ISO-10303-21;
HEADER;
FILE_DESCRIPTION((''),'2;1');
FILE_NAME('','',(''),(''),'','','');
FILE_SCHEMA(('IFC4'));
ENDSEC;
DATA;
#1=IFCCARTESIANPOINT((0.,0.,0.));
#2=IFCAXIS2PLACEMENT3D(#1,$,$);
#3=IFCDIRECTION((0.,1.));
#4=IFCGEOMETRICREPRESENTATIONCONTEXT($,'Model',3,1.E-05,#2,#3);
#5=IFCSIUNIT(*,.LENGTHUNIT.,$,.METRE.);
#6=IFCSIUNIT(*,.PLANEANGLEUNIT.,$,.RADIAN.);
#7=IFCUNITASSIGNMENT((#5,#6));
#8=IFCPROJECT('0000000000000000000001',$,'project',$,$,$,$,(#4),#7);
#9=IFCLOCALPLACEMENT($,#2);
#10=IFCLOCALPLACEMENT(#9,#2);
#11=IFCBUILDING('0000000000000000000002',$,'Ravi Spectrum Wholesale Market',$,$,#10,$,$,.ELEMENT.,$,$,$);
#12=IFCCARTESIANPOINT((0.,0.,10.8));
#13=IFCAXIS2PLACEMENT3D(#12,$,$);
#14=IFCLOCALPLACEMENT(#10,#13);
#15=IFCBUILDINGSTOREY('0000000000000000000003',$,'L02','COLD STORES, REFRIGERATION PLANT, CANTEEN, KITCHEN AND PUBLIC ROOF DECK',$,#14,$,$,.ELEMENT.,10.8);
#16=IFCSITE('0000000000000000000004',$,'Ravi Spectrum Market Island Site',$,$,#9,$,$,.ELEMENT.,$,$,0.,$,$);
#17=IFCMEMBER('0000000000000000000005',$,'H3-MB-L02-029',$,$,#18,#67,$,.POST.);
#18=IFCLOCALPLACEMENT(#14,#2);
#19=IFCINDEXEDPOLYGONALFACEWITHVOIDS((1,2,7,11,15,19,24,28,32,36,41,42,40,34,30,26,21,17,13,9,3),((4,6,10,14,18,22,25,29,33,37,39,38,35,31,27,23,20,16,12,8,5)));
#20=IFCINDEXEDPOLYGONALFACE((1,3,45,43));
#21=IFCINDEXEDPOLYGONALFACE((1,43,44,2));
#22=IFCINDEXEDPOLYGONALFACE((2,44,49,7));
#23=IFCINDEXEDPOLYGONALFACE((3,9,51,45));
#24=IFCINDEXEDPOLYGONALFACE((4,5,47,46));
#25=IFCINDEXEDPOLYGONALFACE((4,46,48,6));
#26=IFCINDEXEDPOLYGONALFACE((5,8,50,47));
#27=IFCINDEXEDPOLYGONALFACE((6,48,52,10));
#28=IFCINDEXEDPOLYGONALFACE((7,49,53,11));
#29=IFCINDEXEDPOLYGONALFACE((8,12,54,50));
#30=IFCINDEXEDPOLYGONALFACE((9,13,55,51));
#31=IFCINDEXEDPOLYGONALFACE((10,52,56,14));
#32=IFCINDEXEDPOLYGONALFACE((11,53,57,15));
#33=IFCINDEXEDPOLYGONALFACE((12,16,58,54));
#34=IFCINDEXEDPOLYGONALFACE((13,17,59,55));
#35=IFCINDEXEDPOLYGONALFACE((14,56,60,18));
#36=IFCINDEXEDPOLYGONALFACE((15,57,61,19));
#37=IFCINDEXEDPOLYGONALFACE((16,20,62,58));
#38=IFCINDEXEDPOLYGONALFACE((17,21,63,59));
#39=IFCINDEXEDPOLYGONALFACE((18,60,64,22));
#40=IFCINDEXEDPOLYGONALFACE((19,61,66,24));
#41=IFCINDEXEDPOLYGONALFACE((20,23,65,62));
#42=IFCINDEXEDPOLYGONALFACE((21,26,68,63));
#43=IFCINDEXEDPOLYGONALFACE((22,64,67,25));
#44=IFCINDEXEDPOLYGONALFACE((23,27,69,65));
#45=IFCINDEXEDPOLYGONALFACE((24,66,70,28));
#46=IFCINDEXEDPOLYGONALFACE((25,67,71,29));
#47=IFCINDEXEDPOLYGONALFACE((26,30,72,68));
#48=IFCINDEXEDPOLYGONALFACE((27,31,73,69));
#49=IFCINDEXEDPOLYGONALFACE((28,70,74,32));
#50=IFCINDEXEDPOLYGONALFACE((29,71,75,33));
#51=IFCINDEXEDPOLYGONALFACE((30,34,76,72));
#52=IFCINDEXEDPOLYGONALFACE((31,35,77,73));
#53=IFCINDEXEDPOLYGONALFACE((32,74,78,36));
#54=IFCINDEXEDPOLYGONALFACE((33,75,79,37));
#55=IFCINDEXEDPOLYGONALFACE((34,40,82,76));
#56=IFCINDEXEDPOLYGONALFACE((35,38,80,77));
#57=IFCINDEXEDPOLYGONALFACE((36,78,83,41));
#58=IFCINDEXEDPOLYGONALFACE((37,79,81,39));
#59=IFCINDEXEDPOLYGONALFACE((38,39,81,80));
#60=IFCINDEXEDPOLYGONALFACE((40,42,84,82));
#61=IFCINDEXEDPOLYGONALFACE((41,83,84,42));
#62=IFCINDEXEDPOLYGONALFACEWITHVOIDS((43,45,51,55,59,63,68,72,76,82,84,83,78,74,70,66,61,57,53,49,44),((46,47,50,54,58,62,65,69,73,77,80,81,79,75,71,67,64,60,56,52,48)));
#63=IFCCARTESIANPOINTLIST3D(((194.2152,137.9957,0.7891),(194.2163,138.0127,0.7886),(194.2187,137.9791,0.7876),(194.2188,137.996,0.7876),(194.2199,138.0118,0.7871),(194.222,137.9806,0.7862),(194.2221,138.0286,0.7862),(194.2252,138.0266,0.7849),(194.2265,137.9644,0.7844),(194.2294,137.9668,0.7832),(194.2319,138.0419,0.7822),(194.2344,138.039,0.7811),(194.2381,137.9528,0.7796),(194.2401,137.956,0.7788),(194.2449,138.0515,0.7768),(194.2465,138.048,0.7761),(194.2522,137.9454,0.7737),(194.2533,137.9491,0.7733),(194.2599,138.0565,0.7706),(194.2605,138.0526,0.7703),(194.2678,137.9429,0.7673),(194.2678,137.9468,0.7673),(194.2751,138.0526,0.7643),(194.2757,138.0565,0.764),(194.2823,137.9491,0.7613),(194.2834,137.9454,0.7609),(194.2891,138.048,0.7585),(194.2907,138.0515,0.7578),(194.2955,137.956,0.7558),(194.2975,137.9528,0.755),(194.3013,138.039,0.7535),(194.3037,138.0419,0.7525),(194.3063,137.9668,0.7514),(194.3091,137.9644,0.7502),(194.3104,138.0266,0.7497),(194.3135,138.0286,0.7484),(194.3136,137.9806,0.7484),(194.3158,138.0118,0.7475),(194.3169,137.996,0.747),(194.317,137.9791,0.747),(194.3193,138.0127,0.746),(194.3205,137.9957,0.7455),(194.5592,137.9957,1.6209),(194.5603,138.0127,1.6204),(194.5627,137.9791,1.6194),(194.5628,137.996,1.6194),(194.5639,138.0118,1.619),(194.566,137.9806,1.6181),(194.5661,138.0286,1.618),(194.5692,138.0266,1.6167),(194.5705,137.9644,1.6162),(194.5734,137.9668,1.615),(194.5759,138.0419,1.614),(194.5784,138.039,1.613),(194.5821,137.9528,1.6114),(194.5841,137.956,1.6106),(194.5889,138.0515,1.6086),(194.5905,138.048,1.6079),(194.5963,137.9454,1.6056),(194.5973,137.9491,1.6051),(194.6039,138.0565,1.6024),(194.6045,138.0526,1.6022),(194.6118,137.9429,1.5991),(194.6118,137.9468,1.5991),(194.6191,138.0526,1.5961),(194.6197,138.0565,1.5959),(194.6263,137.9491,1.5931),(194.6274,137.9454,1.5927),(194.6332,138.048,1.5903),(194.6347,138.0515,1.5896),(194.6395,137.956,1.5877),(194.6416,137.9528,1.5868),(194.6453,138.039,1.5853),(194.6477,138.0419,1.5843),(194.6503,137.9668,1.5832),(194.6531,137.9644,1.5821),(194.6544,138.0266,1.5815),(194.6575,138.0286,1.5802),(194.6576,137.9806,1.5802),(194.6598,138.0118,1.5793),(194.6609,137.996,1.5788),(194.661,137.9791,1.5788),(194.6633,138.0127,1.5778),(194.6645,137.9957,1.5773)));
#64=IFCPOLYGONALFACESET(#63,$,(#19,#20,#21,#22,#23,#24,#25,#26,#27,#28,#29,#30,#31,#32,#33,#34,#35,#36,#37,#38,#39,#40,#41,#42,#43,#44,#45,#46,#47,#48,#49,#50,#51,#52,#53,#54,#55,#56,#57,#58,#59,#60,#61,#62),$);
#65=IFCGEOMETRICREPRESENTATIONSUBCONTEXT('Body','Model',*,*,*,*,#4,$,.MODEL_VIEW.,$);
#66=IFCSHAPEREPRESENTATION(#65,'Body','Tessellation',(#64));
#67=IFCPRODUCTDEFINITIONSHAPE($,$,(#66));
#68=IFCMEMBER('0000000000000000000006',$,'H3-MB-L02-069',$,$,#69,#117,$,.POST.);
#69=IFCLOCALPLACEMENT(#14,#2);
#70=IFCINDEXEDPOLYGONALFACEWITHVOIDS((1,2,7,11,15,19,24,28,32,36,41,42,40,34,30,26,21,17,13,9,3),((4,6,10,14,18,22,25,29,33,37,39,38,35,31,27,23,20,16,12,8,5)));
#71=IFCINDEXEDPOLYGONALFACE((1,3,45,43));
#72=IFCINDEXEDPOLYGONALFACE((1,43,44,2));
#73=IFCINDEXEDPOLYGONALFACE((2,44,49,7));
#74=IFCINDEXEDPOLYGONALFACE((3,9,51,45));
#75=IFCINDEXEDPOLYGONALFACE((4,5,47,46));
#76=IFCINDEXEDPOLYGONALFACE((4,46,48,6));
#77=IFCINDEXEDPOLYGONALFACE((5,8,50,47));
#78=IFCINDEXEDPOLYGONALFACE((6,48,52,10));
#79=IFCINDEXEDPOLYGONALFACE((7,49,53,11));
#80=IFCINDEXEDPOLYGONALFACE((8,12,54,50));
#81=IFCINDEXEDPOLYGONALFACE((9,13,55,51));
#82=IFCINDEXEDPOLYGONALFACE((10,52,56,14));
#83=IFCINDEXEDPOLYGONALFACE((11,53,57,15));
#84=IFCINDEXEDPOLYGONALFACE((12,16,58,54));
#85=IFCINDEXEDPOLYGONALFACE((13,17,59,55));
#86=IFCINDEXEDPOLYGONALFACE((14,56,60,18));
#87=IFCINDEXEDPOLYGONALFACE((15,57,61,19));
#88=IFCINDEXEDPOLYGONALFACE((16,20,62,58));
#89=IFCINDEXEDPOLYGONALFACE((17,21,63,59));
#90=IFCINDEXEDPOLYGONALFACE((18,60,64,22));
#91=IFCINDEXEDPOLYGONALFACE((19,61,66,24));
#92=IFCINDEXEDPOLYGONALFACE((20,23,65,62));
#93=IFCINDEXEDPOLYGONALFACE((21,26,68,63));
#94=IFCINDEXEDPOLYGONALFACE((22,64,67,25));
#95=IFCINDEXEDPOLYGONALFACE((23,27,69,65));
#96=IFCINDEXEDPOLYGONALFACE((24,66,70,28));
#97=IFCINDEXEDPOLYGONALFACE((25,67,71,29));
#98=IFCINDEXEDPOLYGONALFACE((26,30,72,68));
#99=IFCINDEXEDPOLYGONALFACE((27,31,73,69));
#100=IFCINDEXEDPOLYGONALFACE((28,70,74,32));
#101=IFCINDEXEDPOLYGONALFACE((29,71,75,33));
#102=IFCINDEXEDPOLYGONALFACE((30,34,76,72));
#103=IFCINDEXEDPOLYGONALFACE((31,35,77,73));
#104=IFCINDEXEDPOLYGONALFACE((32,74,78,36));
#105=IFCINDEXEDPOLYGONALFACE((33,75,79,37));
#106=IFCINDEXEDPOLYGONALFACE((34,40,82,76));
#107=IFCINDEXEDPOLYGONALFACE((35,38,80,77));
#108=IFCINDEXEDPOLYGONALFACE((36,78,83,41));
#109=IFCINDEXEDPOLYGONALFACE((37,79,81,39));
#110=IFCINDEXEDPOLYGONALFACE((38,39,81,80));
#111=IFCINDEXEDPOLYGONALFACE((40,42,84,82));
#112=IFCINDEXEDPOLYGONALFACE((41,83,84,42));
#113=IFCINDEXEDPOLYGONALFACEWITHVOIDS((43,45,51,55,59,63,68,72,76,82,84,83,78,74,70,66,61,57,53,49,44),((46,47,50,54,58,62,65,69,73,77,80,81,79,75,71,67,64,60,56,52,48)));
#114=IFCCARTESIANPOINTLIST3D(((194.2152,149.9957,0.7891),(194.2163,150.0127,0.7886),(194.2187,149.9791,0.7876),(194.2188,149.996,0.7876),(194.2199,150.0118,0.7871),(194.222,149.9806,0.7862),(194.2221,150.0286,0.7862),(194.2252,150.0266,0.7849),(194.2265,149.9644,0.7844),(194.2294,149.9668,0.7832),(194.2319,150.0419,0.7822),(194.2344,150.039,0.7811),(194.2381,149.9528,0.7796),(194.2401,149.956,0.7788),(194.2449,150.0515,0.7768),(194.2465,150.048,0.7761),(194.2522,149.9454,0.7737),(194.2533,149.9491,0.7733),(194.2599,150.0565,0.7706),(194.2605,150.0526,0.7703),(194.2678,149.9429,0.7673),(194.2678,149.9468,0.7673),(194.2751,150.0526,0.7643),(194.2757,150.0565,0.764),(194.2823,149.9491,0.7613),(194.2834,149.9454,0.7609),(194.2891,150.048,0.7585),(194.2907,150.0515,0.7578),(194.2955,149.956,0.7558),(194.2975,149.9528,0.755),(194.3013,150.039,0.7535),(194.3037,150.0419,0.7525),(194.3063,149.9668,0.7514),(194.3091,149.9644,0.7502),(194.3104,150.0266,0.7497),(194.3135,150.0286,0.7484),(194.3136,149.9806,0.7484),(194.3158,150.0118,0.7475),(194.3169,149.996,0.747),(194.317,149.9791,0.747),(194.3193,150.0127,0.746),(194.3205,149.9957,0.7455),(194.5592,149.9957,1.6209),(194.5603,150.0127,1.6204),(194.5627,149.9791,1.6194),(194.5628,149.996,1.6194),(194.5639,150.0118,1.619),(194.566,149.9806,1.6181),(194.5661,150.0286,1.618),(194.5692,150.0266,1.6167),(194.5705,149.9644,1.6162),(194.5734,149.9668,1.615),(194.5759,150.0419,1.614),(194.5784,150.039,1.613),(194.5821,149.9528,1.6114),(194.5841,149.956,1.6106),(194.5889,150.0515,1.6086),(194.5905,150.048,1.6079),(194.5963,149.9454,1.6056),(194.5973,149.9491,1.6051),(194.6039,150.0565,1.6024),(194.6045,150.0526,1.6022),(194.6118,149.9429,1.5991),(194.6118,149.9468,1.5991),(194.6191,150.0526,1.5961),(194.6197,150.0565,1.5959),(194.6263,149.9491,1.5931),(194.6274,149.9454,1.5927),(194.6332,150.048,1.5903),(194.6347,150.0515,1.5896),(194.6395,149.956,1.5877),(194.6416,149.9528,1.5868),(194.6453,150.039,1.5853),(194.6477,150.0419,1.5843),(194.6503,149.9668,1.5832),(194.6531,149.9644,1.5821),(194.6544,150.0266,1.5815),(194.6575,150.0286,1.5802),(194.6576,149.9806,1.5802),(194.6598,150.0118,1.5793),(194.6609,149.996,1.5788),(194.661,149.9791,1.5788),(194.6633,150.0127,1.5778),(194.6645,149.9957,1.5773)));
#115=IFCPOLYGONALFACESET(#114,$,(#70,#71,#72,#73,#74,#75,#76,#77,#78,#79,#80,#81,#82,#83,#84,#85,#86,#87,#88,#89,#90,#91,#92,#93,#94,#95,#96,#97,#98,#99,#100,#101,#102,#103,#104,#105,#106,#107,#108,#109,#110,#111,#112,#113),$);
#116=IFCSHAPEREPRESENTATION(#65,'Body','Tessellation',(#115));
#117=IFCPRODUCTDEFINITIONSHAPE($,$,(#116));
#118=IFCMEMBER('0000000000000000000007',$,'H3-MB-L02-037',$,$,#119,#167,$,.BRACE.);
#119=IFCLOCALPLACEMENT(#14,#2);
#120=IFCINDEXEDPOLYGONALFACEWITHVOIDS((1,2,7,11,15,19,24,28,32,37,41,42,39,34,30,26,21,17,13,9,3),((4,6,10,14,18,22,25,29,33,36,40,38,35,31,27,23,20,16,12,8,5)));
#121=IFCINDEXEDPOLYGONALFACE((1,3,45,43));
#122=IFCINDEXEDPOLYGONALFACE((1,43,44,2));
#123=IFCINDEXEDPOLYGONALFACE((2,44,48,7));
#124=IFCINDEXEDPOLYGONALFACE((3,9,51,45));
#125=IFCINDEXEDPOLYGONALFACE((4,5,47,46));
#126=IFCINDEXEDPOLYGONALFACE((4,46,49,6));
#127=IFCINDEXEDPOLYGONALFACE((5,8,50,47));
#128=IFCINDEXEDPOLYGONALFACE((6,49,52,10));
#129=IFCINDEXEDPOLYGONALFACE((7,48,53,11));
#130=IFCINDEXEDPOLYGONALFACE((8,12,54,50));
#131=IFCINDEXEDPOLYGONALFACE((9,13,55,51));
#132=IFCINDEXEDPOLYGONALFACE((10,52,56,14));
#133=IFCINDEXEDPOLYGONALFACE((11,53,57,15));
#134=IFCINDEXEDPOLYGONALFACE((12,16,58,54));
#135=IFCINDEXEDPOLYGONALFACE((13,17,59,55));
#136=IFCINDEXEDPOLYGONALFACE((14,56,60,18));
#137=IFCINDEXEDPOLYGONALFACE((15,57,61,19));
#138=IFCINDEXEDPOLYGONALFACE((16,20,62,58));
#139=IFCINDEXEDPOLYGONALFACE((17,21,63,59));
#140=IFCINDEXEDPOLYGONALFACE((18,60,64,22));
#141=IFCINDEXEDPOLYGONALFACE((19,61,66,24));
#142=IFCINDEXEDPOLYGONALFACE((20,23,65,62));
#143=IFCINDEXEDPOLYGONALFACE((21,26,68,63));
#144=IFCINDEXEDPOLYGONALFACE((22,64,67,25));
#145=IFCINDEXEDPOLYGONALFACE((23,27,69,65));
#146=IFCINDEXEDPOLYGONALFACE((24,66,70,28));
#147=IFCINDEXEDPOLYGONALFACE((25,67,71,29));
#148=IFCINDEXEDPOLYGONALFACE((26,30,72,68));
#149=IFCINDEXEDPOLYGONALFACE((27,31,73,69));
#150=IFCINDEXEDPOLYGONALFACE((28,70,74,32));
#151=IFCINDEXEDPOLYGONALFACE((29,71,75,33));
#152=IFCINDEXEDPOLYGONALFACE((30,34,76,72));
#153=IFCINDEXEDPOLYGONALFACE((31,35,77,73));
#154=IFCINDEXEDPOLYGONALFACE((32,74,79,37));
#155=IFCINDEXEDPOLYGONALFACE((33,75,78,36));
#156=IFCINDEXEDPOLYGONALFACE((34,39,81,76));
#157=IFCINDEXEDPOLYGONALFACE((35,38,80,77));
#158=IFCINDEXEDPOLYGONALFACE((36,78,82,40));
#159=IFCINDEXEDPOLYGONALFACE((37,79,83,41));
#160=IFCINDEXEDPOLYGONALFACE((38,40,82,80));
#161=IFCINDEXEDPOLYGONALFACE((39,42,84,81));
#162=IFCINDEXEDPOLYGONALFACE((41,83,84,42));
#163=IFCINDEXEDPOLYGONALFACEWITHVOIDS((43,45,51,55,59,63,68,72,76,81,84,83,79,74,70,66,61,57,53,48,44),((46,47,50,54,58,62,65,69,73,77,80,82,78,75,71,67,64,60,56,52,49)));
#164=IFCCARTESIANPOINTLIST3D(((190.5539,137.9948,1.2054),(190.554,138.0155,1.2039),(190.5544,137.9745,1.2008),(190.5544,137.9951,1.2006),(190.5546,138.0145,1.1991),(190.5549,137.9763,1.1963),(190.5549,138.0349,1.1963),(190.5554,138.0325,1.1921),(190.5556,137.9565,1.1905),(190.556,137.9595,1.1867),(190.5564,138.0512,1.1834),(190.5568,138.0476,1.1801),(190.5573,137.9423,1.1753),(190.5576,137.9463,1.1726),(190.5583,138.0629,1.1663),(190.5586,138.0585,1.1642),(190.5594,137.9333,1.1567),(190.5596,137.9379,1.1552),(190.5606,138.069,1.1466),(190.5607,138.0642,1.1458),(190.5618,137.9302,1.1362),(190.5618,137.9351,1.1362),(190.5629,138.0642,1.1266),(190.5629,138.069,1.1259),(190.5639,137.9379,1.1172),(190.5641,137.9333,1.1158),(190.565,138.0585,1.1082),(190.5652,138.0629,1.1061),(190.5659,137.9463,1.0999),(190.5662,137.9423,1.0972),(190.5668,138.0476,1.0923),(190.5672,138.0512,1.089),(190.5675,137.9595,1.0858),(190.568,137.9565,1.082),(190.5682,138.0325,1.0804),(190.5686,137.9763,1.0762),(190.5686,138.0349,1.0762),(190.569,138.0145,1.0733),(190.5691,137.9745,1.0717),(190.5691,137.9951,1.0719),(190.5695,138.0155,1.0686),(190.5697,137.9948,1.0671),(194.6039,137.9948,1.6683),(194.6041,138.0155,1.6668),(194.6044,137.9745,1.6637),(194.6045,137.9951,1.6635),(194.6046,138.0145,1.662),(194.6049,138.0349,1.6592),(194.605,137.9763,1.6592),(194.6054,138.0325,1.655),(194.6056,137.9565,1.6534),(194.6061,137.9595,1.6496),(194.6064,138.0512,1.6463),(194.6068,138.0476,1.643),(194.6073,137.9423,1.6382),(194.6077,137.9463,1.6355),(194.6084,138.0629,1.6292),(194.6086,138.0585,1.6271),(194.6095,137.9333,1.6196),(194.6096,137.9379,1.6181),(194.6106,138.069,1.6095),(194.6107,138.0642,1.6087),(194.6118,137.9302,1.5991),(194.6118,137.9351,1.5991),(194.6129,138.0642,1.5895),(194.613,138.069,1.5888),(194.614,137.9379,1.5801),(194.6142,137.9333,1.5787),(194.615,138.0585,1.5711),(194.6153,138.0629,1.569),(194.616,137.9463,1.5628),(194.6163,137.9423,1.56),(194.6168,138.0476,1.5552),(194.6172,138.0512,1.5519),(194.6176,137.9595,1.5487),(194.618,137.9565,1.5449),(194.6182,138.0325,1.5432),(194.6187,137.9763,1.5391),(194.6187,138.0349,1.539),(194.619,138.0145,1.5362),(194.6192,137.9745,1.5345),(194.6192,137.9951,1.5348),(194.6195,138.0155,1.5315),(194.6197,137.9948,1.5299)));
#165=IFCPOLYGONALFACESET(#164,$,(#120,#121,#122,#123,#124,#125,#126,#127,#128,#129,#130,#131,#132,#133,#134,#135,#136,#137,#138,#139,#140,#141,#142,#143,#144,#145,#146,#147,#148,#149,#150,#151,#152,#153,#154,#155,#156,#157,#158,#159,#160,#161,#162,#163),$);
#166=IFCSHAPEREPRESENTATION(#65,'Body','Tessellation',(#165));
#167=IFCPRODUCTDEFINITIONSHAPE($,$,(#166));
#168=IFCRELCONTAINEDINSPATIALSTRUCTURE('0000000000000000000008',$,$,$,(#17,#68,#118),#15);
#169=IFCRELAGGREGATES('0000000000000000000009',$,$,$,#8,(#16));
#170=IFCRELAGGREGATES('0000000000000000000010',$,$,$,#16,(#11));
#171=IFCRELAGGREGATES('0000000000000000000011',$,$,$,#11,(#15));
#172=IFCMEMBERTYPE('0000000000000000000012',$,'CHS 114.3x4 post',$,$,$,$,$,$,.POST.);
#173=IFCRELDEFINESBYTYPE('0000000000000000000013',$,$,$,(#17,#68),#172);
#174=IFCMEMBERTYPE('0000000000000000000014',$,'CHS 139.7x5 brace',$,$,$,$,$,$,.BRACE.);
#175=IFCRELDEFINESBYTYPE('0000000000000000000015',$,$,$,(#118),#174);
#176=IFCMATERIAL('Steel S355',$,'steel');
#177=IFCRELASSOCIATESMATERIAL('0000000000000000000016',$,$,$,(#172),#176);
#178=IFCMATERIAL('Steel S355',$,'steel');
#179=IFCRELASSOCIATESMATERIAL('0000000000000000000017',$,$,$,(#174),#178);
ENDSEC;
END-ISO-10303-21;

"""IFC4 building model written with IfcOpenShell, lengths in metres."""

from ifc_helpers import new_model, si_unit, direction, frame, origin, origin_2d, place, context, subcontext, project, spatial, hollow_circle, extrude, material, material_profile, profile_set, type_object, element, save


model = new_model("IFC4")

# Units and contexts
model_context = context("Model", 3, precision=1e-05, world=origin(), true_north=direction((0.0, 1.0)))
body_context = subcontext(model_context, "Body", "Model", "MODEL_VIEW")
ifc_project = project(units=[si_unit("LENGTHUNIT", "METRE"), si_unit("PLANEANGLEUNIT", "RADIAN")], contexts=[model_context])

# Site, building, storey
site_placement = place(None, origin())
site = spatial("IfcSite", under=ifc_project, at=site_placement, Name="Ravi Spectrum Market Island Site", CompositionType="ELEMENT", RefElevation=0.0)
building_placement = place(site_placement, origin())
building = spatial("IfcBuilding", under=site, at=building_placement, Name="Ravi Spectrum Wholesale Market", CompositionType="ELEMENT")
storey_placement = place(building_placement, frame((0.0, 0.0, 10.8)))
storey = spatial("IfcBuildingStorey", under=building, at=storey_placement, Name="L02", Description="COLD STORES, REFRIGERATION PLANT, CANTEEN, KITCHEN AND PUBLIC ROOF DECK", CompositionType="ELEMENT", Elevation=10.8)

# Members
ifc_material_1 = material(Name="Steel S355", Category="steel")
ifc_material_profile_1 = material_profile(ifc_material_1, hollow_circle(Radius=0.0571, WallThickness=0.0039, at=origin_2d()))
ifc_profile_set_1 = profile_set([ifc_material_profile_1], Name="Steel S355")
member_type_1 = type_object("IfcMemberType", Name="CHS 114.3x4 post", PredefinedType="POST", material=ifc_profile_set_1)
for number, where, z_axis, x_axis, name in (
    (1, (194.6118, 138.0, 1.5991), (-0.382168, 0.0, -0.924093), (0.0, -1.0, 0.0), "H3-MB-L02-029"),
    (2, (194.6118, 150.0, 1.5991), (-0.382168, 0.0, -0.924093), (0.0, -1.0, 0.0), "H3-MB-L02-069"),
):
    element("IfcMember", number, at=place(storey_placement, frame(where, z_axis=z_axis, x_axis=x_axis)), inside=storey, type_object=member_type_1, Name=name, PredefinedType="POST", context=body_context, shape_type="SweptSolid", body=[
        extrude(hollow_circle(Radius=0.0571, WallThickness=0.0039, at=origin_2d()), origin(), (0.0, 0.0, 1.0), 0.9001),
    ])
ifc_material_2 = material(Name="Steel S355", Category="steel")
ifc_material_profile_2 = material_profile(ifc_material_2, hollow_circle(Radius=0.0698, WallThickness=0.0049, at=origin_2d()))
ifc_profile_set_2 = profile_set([ifc_material_profile_2], Name="Steel S355")
member_type_2 = type_object("IfcMemberType", Name="CHS 139.7x5 brace", PredefinedType="BRACE", material=ifc_profile_set_2)
for number, where, z_axis, x_axis, name in (
    (3, (194.6118, 138.0, 1.5991), (-0.993532, 0.0, -0.113553), (0.0, -1.0, 0.0), "H3-MB-L02-037"),
):
    element("IfcMember", number, at=place(storey_placement, frame(where, z_axis=z_axis, x_axis=x_axis)), inside=storey, type_object=member_type_2, Name=name, PredefinedType="BRACE", context=body_context, shape_type="SweptSolid", body=[
        extrude(hollow_circle(Radius=0.0698, WallThickness=0.0049, at=origin_2d()), origin(), (0.0, 0.0, 1.0), 4.0764),
    ])

save(model, "model.ifc")
